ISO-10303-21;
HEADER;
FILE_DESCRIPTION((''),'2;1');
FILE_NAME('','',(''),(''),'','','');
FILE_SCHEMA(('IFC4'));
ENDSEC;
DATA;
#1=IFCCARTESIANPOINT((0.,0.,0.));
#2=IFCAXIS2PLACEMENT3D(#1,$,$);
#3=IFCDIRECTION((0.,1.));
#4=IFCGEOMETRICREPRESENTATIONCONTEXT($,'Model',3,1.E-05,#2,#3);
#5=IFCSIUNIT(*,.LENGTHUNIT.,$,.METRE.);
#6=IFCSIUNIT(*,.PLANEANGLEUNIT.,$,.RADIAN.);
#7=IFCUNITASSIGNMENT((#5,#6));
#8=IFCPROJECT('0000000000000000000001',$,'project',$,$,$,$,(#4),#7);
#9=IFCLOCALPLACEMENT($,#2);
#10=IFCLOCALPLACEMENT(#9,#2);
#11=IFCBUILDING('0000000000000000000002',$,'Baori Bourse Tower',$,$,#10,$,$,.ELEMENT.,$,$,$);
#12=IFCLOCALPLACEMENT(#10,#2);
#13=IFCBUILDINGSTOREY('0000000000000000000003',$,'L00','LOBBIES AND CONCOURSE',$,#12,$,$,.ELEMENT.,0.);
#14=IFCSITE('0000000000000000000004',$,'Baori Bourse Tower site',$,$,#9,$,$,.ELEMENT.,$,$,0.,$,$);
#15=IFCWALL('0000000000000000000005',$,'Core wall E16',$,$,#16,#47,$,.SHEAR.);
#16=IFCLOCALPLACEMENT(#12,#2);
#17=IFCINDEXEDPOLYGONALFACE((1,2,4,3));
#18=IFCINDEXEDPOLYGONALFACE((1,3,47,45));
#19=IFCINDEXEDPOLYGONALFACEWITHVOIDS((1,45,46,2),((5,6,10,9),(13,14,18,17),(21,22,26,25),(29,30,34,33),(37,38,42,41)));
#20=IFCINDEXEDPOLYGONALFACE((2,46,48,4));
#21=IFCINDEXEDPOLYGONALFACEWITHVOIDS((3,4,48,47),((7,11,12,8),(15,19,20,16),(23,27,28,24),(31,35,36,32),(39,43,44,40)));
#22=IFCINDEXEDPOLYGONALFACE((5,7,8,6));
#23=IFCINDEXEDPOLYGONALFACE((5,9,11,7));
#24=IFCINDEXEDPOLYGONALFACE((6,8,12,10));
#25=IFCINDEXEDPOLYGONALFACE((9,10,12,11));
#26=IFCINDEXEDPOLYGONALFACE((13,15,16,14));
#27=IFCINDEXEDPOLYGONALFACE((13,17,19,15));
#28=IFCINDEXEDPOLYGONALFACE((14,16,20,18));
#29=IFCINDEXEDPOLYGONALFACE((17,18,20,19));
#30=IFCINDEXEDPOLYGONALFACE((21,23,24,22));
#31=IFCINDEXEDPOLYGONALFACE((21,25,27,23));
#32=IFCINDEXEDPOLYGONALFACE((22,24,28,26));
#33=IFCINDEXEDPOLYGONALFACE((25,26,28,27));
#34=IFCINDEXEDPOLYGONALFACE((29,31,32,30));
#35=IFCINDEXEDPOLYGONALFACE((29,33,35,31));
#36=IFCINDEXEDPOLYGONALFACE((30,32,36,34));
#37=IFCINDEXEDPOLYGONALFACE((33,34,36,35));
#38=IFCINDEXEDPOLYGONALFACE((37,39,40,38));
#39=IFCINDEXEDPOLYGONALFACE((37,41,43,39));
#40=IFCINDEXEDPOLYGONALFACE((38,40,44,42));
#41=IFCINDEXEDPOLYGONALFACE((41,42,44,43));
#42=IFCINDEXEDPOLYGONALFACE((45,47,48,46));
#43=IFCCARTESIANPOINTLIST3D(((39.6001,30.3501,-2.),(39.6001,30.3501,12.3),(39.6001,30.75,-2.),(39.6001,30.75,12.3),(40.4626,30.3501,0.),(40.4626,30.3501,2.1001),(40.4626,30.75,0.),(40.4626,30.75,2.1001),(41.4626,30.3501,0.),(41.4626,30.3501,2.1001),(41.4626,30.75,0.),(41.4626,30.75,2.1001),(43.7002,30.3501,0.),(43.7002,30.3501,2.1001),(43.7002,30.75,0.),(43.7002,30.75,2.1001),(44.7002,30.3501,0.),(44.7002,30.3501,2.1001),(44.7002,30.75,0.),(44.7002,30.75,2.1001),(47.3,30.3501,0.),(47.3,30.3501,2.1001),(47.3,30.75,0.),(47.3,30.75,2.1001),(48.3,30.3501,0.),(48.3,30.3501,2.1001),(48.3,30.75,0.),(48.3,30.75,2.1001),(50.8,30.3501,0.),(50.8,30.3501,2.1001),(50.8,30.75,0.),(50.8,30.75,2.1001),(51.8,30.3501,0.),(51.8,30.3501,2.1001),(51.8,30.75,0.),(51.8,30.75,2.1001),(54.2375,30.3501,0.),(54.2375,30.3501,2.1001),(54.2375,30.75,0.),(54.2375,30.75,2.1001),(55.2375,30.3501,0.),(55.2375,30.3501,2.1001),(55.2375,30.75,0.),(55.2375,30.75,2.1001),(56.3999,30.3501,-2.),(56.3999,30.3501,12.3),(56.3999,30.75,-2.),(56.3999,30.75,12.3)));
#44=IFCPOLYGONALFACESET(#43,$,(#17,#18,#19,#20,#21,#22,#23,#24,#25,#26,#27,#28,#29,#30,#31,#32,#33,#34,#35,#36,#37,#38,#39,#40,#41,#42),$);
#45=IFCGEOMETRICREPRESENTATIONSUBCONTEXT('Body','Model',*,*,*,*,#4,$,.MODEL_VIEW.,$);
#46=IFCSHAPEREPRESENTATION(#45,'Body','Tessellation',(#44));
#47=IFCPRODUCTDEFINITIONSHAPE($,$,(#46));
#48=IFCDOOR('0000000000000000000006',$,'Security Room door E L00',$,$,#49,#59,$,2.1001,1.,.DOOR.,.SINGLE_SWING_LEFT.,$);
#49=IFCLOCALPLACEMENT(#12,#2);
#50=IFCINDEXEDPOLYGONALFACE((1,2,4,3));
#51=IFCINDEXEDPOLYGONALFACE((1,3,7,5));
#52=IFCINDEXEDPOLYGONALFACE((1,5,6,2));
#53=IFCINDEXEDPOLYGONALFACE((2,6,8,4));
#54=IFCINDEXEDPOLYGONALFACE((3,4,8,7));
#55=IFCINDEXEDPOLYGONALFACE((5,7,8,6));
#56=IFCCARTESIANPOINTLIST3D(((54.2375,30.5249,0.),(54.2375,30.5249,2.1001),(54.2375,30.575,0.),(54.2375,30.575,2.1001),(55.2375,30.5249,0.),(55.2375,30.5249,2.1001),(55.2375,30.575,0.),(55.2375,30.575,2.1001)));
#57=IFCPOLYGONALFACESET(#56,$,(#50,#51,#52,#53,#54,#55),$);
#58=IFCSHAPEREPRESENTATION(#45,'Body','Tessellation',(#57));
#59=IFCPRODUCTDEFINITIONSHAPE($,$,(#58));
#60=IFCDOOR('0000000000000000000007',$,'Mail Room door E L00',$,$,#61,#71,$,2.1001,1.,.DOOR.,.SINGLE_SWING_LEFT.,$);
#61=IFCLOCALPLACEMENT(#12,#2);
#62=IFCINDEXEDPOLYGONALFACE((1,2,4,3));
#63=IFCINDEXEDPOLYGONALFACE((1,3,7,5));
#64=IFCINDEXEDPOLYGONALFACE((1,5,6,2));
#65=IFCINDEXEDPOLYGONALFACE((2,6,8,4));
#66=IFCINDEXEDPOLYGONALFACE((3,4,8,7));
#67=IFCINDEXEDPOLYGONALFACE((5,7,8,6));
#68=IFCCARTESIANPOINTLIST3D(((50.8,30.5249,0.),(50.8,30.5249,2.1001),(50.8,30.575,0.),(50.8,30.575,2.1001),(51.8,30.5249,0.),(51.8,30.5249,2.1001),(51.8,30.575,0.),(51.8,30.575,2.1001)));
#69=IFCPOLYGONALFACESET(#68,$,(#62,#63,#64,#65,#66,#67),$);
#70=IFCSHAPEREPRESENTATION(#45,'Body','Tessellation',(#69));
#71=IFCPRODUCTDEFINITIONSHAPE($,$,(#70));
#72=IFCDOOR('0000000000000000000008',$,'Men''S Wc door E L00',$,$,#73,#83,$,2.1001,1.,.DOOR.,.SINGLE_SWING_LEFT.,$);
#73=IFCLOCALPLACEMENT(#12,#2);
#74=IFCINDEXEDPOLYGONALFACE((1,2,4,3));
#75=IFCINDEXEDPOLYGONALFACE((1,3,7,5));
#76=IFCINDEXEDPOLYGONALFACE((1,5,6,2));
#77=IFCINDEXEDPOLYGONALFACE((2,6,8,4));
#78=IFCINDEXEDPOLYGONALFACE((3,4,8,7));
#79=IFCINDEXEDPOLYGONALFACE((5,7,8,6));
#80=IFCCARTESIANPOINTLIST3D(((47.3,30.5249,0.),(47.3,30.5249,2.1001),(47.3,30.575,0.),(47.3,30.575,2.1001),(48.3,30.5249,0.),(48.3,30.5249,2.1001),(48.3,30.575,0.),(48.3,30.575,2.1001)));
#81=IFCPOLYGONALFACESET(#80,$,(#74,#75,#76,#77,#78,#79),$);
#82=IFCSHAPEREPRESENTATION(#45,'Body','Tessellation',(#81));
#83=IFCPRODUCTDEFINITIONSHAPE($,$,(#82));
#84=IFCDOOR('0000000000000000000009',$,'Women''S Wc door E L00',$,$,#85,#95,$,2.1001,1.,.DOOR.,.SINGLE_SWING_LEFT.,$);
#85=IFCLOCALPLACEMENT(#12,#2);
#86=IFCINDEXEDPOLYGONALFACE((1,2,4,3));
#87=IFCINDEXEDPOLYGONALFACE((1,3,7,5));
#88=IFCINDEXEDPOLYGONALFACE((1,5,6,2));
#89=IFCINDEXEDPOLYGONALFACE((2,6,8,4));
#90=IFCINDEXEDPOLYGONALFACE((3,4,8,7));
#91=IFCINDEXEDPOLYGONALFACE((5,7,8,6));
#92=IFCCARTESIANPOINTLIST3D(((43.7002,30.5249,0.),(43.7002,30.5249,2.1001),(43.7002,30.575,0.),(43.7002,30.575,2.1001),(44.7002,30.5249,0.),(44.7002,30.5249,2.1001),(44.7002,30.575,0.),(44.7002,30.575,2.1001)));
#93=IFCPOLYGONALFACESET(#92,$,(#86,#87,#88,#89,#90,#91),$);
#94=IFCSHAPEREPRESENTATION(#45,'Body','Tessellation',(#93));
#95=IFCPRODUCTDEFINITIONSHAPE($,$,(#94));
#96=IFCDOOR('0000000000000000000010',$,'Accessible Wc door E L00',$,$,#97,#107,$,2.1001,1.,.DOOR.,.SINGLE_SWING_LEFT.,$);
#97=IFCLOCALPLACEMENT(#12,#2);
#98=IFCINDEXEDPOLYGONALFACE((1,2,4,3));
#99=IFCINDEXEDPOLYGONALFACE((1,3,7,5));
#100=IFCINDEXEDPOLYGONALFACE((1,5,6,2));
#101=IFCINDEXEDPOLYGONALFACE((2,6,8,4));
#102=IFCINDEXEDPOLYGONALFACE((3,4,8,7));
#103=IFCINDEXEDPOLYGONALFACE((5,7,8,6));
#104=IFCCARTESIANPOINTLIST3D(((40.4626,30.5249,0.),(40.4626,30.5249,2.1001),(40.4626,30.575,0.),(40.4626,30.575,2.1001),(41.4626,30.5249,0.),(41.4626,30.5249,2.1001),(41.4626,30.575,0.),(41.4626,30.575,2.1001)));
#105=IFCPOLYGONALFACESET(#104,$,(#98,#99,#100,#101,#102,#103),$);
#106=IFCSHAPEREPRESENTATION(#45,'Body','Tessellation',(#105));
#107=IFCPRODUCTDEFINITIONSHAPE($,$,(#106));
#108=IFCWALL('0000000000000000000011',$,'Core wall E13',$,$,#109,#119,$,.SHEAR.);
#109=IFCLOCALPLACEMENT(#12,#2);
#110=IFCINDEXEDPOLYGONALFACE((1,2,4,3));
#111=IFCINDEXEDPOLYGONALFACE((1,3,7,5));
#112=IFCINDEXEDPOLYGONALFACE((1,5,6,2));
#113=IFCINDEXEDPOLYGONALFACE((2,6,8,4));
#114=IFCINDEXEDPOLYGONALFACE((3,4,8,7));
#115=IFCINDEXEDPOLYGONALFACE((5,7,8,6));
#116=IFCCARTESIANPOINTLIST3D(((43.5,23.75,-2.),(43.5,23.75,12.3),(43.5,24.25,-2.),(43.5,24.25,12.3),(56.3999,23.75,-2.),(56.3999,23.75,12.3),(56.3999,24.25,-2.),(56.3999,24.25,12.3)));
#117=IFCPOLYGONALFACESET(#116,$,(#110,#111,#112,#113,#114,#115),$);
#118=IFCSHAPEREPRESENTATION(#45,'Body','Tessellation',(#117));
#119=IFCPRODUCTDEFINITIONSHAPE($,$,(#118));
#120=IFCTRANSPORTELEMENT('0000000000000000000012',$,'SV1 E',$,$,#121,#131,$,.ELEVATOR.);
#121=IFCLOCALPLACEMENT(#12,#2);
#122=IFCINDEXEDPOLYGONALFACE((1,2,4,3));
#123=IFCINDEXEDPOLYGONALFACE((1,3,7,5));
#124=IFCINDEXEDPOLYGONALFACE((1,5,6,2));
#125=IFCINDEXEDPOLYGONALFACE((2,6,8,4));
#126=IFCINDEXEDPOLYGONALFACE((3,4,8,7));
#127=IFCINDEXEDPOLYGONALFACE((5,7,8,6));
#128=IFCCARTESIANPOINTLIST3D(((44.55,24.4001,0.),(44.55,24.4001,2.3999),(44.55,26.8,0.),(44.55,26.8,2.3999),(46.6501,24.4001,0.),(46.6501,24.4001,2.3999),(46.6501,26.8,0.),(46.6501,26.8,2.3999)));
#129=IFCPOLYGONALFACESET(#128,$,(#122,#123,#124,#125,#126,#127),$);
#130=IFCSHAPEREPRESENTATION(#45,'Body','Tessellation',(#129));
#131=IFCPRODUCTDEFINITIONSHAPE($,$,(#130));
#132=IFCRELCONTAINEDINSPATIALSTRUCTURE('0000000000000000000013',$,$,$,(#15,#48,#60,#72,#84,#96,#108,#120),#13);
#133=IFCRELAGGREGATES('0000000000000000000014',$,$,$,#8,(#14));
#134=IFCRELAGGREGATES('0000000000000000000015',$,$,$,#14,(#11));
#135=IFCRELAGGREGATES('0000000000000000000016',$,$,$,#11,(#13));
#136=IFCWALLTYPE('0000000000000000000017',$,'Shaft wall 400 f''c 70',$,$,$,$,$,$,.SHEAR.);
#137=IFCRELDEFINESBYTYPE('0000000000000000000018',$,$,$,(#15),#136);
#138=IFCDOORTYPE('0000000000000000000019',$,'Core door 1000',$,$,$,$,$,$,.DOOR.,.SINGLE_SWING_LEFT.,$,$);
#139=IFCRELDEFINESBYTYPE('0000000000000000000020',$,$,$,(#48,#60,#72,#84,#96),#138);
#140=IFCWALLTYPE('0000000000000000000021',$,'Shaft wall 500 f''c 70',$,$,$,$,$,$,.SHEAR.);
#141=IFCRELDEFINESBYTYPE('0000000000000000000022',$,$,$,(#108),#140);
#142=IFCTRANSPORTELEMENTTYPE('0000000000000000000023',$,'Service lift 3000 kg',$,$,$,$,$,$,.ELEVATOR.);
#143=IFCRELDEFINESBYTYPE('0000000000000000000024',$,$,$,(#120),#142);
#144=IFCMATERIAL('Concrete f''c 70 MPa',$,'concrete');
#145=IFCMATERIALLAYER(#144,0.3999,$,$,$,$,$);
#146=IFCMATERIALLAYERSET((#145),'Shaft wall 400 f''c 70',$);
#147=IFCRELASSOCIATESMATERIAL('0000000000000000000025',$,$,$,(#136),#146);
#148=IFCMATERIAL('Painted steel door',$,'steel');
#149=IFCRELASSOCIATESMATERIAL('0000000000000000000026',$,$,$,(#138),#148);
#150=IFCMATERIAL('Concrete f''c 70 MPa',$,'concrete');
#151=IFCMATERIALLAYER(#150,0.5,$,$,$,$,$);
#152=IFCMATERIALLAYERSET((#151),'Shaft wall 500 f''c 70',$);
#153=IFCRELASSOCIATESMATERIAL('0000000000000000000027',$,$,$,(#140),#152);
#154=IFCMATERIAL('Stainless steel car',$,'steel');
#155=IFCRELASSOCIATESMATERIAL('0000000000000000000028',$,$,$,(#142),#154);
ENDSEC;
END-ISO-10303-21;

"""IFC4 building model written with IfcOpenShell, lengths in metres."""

from ifc_helpers import new_model, si_unit, direction, frame, frame_2d, origin, origin_2d, place, context, subcontext, project, spatial, rectangle, extrude, material, layer, layer_set, type_object, element, fill, save


model = new_model("IFC4")

# Units and contexts
model_context = context("Model", 3, precision=1e-05, world=origin(), true_north=direction((0.0, 1.0)))
body_context = subcontext(model_context, "Body", "Model", "MODEL_VIEW")
ifc_project = project(units=[si_unit("LENGTHUNIT", "METRE"), si_unit("PLANEANGLEUNIT", "RADIAN")], contexts=[model_context])

# Site, building, storey
site_placement = place(None, origin())
site = spatial("IfcSite", under=ifc_project, at=site_placement, Name="Baori Bourse Tower site", CompositionType="ELEMENT", RefElevation=0.0)
building_placement = place(site_placement, origin())
building = spatial("IfcBuilding", under=site, at=building_placement, Name="Baori Bourse Tower", CompositionType="ELEMENT")
storey_placement = place(building_placement, origin())
storey = spatial("IfcBuildingStorey", under=building, at=storey_placement, Name="L00", Description="LOBBIES AND CONCOURSE", CompositionType="ELEMENT", Elevation=0.0)

# Wall, openings, doors
ifc_material_1 = material(Name="Concrete f'c 70 MPa", Category="concrete")
ifc_layer_1 = layer(ifc_material_1, 0.3999)
ifc_layer_set_1 = layer_set([ifc_layer_1], Name="Shaft wall 400 f'c 70")
wall_type_1 = type_object("IfcWallType", Name="Shaft wall 400 f'c 70", PredefinedType="SHEAR", material=ifc_layer_set_1)
wall_1_placement = place(storey_placement, frame((39.6001, 30.55, -2.0), z_axis=(0.0, 0.0, 1.0), x_axis=(1.0, 0.0, 0.0)))
wall_1 = element("IfcWall", 1, at=wall_1_placement, inside=storey, type_object=wall_type_1, Name="Core wall E16", PredefinedType="SHEAR", context=body_context, shape_type="SweptSolid", body=[
    extrude(rectangle(XDim=16.7998, YDim=0.3999, at=frame_2d((8.3999, 0.0))), origin(), (0.0, 0.0, 1.0), 14.3),
])
opening_1_placement = place(wall_1_placement, frame((14.6375, 0.0, 2.0)))
opening_1 = element("IfcOpeningElement", 2, at=opening_1_placement, cuts=wall_1, PredefinedType="OPENING", context=body_context, shape_type="SweptSolid", body=[
    extrude(rectangle(XDim=1.0, YDim=2.1001, at=frame_2d((0.5, 1.05))), frame((0.0, 0.21, 0.0), z_axis=(0.0, -1.0, 0.0), x_axis=(1.0, 0.0, 0.0)), (0.0, 0.0, 1.0), 0.4199),
])
opening_2_placement = place(wall_1_placement, frame((11.2, 0.0, 2.0)))
opening_2 = element("IfcOpeningElement", 3, at=opening_2_placement, cuts=wall_1, PredefinedType="OPENING", context=body_context, shape_type="SweptSolid", body=[
    extrude(rectangle(XDim=1.0, YDim=2.1001, at=frame_2d((0.5, 1.05))), frame((0.0, 0.21, 0.0), z_axis=(0.0, -1.0, 0.0), x_axis=(1.0, 0.0, 0.0)), (0.0, 0.0, 1.0), 0.4199),
])
opening_3_placement = place(wall_1_placement, frame((7.7, 0.0, 2.0)))
opening_3 = element("IfcOpeningElement", 4, at=opening_3_placement, cuts=wall_1, PredefinedType="OPENING", context=body_context, shape_type="SweptSolid", body=[
    extrude(rectangle(XDim=1.0, YDim=2.1001, at=frame_2d((0.5, 1.05))), frame((0.0, 0.21, 0.0), z_axis=(0.0, -1.0, 0.0), x_axis=(1.0, 0.0, 0.0)), (0.0, 0.0, 1.0), 0.4199),
])
opening_4_placement = place(wall_1_placement, frame((4.1001, 0.0, 2.0)))
opening_4 = element("IfcOpeningElement", 5, at=opening_4_placement, cuts=wall_1, PredefinedType="OPENING", context=body_context, shape_type="SweptSolid", body=[
    extrude(rectangle(XDim=1.0, YDim=2.1001, at=frame_2d((0.5, 1.05))), frame((0.0, 0.21, 0.0), z_axis=(0.0, -1.0, 0.0), x_axis=(1.0, 0.0, 0.0)), (0.0, 0.0, 1.0), 0.4199),
])
opening_5_placement = place(wall_1_placement, frame((0.8625, 0.0, 2.0)))
opening_5 = element("IfcOpeningElement", 6, at=opening_5_placement, cuts=wall_1, PredefinedType="OPENING", context=body_context, shape_type="SweptSolid", body=[
    extrude(rectangle(XDim=1.0, YDim=2.1001, at=frame_2d((0.5, 1.05))), frame((0.0, 0.21, 0.0), z_axis=(0.0, -1.0, 0.0), x_axis=(1.0, 0.0, 0.0)), (0.0, 0.0, 1.0), 0.4199),
])
ifc_material_2 = material(Name="Painted steel door", Category="steel")
door_type_1 = type_object("IfcDoorType", Name="Core door 1000", OperationType="SINGLE_SWING_LEFT", PredefinedType="DOOR", material=ifc_material_2)
door_1_placement = place(opening_1_placement, origin())
door_1 = element("IfcDoor", 7, at=door_1_placement, inside=storey, type_object=door_type_1, Name="Security Room door E L00", OperationType="SINGLE_SWING_LEFT", OverallHeight=2.1001, OverallWidth=1.0, PredefinedType="DOOR", context=body_context, shape_type="SweptSolid", body=[
    extrude(rectangle(XDim=1.0, YDim=2.1001, at=frame_2d((0.5, 1.05))), frame((0.0, 0.0249, 0.0), z_axis=(0.0, -1.0, 0.0), x_axis=(1.0, 0.0, 0.0)), (0.0, 0.0, 1.0), 0.05),
])
fill(opening_1, door_1)
door_2_placement = place(opening_2_placement, origin())
door_2 = element("IfcDoor", 8, at=door_2_placement, inside=storey, type_object=door_type_1, Name="Mail Room door E L00", OperationType="SINGLE_SWING_LEFT", OverallHeight=2.1001, OverallWidth=1.0, PredefinedType="DOOR", context=body_context, shape_type="SweptSolid", body=[
    extrude(rectangle(XDim=1.0, YDim=2.1001, at=frame_2d((0.5, 1.05))), frame((0.0, 0.0249, 0.0), z_axis=(0.0, -1.0, 0.0), x_axis=(1.0, 0.0, 0.0)), (0.0, 0.0, 1.0), 0.05),
])
fill(opening_2, door_2)
door_3_placement = place(opening_3_placement, origin())
door_3 = element("IfcDoor", 9, at=door_3_placement, inside=storey, type_object=door_type_1, Name="Men'S Wc door E L00", OperationType="SINGLE_SWING_LEFT", OverallHeight=2.1001, OverallWidth=1.0, PredefinedType="DOOR", context=body_context, shape_type="SweptSolid", body=[
    extrude(rectangle(XDim=1.0, YDim=2.1001, at=frame_2d((0.5, 1.05))), frame((0.0, 0.0249, 0.0), z_axis=(0.0, -1.0, 0.0), x_axis=(1.0, 0.0, 0.0)), (0.0, 0.0, 1.0), 0.05),
])
fill(opening_3, door_3)
door_4_placement = place(opening_4_placement, origin())
door_4 = element("IfcDoor", 10, at=door_4_placement, inside=storey, type_object=door_type_1, Name="Women'S Wc door E L00", OperationType="SINGLE_SWING_LEFT", OverallHeight=2.1001, OverallWidth=1.0, PredefinedType="DOOR", context=body_context, shape_type="SweptSolid", body=[
    extrude(rectangle(XDim=1.0, YDim=2.1001, at=frame_2d((0.5, 1.05))), frame((0.0, 0.0249, 0.0), z_axis=(0.0, -1.0, 0.0), x_axis=(1.0, 0.0, 0.0)), (0.0, 0.0, 1.0), 0.05),
])
fill(opening_4, door_4)
door_5_placement = place(opening_5_placement, origin())
door_5 = element("IfcDoor", 11, at=door_5_placement, inside=storey, type_object=door_type_1, Name="Accessible Wc door E L00", OperationType="SINGLE_SWING_LEFT", OverallHeight=2.1001, OverallWidth=1.0, PredefinedType="DOOR", context=body_context, shape_type="SweptSolid", body=[
    extrude(rectangle(XDim=1.0, YDim=2.1001, at=frame_2d((0.5, 1.05))), frame((0.0, 0.0249, 0.0), z_axis=(0.0, -1.0, 0.0), x_axis=(1.0, 0.0, 0.0)), (0.0, 0.0, 1.0), 0.05),
])
fill(opening_5, door_5)

# Wall
ifc_material_3 = material(Name="Concrete f'c 70 MPa", Category="concrete")
ifc_layer_2 = layer(ifc_material_3, 0.5)
ifc_layer_set_2 = layer_set([ifc_layer_2], Name="Shaft wall 500 f'c 70")
wall_type_2 = type_object("IfcWallType", Name="Shaft wall 500 f'c 70", PredefinedType="SHEAR", material=ifc_layer_set_2)
wall_2_placement = place(storey_placement, frame((43.5, 24.0, -2.0), z_axis=(0.0, 0.0, 1.0), x_axis=(1.0, 0.0, 0.0)))
element("IfcWall", 12, at=wall_2_placement, inside=storey, type_object=wall_type_2, Name="Core wall E13", PredefinedType="SHEAR", context=body_context, shape_type="SweptSolid", body=[
    extrude(rectangle(XDim=12.8999, YDim=0.5, at=frame_2d((6.45, 0.0))), origin(), (0.0, 0.0, 1.0), 14.3),
])

# Transport element
ifc_material_4 = material(Name="Stainless steel car", Category="steel")
transport_element_type = type_object("IfcTransportElementType", Name="Service lift 3000 kg", PredefinedType="ELEVATOR", material=ifc_material_4)
transport_element_placement = place(storey_placement, frame((45.6001, 25.6001, 0.0), z_axis=(0.0, 0.0, 1.0), x_axis=(1.0, 0.0, 0.0)))
element("IfcTransportElement", 13, at=transport_element_placement, inside=storey, type_object=transport_element_type, Name="SV1 E", PredefinedType="ELEVATOR", context=body_context, shape_type="SweptSolid", body=[
    extrude(rectangle(XDim=2.1001, YDim=2.3999, at=origin_2d()), origin(), (0.0, 0.0, 1.0), 2.3999),
])

save(model, "model.ifc")
